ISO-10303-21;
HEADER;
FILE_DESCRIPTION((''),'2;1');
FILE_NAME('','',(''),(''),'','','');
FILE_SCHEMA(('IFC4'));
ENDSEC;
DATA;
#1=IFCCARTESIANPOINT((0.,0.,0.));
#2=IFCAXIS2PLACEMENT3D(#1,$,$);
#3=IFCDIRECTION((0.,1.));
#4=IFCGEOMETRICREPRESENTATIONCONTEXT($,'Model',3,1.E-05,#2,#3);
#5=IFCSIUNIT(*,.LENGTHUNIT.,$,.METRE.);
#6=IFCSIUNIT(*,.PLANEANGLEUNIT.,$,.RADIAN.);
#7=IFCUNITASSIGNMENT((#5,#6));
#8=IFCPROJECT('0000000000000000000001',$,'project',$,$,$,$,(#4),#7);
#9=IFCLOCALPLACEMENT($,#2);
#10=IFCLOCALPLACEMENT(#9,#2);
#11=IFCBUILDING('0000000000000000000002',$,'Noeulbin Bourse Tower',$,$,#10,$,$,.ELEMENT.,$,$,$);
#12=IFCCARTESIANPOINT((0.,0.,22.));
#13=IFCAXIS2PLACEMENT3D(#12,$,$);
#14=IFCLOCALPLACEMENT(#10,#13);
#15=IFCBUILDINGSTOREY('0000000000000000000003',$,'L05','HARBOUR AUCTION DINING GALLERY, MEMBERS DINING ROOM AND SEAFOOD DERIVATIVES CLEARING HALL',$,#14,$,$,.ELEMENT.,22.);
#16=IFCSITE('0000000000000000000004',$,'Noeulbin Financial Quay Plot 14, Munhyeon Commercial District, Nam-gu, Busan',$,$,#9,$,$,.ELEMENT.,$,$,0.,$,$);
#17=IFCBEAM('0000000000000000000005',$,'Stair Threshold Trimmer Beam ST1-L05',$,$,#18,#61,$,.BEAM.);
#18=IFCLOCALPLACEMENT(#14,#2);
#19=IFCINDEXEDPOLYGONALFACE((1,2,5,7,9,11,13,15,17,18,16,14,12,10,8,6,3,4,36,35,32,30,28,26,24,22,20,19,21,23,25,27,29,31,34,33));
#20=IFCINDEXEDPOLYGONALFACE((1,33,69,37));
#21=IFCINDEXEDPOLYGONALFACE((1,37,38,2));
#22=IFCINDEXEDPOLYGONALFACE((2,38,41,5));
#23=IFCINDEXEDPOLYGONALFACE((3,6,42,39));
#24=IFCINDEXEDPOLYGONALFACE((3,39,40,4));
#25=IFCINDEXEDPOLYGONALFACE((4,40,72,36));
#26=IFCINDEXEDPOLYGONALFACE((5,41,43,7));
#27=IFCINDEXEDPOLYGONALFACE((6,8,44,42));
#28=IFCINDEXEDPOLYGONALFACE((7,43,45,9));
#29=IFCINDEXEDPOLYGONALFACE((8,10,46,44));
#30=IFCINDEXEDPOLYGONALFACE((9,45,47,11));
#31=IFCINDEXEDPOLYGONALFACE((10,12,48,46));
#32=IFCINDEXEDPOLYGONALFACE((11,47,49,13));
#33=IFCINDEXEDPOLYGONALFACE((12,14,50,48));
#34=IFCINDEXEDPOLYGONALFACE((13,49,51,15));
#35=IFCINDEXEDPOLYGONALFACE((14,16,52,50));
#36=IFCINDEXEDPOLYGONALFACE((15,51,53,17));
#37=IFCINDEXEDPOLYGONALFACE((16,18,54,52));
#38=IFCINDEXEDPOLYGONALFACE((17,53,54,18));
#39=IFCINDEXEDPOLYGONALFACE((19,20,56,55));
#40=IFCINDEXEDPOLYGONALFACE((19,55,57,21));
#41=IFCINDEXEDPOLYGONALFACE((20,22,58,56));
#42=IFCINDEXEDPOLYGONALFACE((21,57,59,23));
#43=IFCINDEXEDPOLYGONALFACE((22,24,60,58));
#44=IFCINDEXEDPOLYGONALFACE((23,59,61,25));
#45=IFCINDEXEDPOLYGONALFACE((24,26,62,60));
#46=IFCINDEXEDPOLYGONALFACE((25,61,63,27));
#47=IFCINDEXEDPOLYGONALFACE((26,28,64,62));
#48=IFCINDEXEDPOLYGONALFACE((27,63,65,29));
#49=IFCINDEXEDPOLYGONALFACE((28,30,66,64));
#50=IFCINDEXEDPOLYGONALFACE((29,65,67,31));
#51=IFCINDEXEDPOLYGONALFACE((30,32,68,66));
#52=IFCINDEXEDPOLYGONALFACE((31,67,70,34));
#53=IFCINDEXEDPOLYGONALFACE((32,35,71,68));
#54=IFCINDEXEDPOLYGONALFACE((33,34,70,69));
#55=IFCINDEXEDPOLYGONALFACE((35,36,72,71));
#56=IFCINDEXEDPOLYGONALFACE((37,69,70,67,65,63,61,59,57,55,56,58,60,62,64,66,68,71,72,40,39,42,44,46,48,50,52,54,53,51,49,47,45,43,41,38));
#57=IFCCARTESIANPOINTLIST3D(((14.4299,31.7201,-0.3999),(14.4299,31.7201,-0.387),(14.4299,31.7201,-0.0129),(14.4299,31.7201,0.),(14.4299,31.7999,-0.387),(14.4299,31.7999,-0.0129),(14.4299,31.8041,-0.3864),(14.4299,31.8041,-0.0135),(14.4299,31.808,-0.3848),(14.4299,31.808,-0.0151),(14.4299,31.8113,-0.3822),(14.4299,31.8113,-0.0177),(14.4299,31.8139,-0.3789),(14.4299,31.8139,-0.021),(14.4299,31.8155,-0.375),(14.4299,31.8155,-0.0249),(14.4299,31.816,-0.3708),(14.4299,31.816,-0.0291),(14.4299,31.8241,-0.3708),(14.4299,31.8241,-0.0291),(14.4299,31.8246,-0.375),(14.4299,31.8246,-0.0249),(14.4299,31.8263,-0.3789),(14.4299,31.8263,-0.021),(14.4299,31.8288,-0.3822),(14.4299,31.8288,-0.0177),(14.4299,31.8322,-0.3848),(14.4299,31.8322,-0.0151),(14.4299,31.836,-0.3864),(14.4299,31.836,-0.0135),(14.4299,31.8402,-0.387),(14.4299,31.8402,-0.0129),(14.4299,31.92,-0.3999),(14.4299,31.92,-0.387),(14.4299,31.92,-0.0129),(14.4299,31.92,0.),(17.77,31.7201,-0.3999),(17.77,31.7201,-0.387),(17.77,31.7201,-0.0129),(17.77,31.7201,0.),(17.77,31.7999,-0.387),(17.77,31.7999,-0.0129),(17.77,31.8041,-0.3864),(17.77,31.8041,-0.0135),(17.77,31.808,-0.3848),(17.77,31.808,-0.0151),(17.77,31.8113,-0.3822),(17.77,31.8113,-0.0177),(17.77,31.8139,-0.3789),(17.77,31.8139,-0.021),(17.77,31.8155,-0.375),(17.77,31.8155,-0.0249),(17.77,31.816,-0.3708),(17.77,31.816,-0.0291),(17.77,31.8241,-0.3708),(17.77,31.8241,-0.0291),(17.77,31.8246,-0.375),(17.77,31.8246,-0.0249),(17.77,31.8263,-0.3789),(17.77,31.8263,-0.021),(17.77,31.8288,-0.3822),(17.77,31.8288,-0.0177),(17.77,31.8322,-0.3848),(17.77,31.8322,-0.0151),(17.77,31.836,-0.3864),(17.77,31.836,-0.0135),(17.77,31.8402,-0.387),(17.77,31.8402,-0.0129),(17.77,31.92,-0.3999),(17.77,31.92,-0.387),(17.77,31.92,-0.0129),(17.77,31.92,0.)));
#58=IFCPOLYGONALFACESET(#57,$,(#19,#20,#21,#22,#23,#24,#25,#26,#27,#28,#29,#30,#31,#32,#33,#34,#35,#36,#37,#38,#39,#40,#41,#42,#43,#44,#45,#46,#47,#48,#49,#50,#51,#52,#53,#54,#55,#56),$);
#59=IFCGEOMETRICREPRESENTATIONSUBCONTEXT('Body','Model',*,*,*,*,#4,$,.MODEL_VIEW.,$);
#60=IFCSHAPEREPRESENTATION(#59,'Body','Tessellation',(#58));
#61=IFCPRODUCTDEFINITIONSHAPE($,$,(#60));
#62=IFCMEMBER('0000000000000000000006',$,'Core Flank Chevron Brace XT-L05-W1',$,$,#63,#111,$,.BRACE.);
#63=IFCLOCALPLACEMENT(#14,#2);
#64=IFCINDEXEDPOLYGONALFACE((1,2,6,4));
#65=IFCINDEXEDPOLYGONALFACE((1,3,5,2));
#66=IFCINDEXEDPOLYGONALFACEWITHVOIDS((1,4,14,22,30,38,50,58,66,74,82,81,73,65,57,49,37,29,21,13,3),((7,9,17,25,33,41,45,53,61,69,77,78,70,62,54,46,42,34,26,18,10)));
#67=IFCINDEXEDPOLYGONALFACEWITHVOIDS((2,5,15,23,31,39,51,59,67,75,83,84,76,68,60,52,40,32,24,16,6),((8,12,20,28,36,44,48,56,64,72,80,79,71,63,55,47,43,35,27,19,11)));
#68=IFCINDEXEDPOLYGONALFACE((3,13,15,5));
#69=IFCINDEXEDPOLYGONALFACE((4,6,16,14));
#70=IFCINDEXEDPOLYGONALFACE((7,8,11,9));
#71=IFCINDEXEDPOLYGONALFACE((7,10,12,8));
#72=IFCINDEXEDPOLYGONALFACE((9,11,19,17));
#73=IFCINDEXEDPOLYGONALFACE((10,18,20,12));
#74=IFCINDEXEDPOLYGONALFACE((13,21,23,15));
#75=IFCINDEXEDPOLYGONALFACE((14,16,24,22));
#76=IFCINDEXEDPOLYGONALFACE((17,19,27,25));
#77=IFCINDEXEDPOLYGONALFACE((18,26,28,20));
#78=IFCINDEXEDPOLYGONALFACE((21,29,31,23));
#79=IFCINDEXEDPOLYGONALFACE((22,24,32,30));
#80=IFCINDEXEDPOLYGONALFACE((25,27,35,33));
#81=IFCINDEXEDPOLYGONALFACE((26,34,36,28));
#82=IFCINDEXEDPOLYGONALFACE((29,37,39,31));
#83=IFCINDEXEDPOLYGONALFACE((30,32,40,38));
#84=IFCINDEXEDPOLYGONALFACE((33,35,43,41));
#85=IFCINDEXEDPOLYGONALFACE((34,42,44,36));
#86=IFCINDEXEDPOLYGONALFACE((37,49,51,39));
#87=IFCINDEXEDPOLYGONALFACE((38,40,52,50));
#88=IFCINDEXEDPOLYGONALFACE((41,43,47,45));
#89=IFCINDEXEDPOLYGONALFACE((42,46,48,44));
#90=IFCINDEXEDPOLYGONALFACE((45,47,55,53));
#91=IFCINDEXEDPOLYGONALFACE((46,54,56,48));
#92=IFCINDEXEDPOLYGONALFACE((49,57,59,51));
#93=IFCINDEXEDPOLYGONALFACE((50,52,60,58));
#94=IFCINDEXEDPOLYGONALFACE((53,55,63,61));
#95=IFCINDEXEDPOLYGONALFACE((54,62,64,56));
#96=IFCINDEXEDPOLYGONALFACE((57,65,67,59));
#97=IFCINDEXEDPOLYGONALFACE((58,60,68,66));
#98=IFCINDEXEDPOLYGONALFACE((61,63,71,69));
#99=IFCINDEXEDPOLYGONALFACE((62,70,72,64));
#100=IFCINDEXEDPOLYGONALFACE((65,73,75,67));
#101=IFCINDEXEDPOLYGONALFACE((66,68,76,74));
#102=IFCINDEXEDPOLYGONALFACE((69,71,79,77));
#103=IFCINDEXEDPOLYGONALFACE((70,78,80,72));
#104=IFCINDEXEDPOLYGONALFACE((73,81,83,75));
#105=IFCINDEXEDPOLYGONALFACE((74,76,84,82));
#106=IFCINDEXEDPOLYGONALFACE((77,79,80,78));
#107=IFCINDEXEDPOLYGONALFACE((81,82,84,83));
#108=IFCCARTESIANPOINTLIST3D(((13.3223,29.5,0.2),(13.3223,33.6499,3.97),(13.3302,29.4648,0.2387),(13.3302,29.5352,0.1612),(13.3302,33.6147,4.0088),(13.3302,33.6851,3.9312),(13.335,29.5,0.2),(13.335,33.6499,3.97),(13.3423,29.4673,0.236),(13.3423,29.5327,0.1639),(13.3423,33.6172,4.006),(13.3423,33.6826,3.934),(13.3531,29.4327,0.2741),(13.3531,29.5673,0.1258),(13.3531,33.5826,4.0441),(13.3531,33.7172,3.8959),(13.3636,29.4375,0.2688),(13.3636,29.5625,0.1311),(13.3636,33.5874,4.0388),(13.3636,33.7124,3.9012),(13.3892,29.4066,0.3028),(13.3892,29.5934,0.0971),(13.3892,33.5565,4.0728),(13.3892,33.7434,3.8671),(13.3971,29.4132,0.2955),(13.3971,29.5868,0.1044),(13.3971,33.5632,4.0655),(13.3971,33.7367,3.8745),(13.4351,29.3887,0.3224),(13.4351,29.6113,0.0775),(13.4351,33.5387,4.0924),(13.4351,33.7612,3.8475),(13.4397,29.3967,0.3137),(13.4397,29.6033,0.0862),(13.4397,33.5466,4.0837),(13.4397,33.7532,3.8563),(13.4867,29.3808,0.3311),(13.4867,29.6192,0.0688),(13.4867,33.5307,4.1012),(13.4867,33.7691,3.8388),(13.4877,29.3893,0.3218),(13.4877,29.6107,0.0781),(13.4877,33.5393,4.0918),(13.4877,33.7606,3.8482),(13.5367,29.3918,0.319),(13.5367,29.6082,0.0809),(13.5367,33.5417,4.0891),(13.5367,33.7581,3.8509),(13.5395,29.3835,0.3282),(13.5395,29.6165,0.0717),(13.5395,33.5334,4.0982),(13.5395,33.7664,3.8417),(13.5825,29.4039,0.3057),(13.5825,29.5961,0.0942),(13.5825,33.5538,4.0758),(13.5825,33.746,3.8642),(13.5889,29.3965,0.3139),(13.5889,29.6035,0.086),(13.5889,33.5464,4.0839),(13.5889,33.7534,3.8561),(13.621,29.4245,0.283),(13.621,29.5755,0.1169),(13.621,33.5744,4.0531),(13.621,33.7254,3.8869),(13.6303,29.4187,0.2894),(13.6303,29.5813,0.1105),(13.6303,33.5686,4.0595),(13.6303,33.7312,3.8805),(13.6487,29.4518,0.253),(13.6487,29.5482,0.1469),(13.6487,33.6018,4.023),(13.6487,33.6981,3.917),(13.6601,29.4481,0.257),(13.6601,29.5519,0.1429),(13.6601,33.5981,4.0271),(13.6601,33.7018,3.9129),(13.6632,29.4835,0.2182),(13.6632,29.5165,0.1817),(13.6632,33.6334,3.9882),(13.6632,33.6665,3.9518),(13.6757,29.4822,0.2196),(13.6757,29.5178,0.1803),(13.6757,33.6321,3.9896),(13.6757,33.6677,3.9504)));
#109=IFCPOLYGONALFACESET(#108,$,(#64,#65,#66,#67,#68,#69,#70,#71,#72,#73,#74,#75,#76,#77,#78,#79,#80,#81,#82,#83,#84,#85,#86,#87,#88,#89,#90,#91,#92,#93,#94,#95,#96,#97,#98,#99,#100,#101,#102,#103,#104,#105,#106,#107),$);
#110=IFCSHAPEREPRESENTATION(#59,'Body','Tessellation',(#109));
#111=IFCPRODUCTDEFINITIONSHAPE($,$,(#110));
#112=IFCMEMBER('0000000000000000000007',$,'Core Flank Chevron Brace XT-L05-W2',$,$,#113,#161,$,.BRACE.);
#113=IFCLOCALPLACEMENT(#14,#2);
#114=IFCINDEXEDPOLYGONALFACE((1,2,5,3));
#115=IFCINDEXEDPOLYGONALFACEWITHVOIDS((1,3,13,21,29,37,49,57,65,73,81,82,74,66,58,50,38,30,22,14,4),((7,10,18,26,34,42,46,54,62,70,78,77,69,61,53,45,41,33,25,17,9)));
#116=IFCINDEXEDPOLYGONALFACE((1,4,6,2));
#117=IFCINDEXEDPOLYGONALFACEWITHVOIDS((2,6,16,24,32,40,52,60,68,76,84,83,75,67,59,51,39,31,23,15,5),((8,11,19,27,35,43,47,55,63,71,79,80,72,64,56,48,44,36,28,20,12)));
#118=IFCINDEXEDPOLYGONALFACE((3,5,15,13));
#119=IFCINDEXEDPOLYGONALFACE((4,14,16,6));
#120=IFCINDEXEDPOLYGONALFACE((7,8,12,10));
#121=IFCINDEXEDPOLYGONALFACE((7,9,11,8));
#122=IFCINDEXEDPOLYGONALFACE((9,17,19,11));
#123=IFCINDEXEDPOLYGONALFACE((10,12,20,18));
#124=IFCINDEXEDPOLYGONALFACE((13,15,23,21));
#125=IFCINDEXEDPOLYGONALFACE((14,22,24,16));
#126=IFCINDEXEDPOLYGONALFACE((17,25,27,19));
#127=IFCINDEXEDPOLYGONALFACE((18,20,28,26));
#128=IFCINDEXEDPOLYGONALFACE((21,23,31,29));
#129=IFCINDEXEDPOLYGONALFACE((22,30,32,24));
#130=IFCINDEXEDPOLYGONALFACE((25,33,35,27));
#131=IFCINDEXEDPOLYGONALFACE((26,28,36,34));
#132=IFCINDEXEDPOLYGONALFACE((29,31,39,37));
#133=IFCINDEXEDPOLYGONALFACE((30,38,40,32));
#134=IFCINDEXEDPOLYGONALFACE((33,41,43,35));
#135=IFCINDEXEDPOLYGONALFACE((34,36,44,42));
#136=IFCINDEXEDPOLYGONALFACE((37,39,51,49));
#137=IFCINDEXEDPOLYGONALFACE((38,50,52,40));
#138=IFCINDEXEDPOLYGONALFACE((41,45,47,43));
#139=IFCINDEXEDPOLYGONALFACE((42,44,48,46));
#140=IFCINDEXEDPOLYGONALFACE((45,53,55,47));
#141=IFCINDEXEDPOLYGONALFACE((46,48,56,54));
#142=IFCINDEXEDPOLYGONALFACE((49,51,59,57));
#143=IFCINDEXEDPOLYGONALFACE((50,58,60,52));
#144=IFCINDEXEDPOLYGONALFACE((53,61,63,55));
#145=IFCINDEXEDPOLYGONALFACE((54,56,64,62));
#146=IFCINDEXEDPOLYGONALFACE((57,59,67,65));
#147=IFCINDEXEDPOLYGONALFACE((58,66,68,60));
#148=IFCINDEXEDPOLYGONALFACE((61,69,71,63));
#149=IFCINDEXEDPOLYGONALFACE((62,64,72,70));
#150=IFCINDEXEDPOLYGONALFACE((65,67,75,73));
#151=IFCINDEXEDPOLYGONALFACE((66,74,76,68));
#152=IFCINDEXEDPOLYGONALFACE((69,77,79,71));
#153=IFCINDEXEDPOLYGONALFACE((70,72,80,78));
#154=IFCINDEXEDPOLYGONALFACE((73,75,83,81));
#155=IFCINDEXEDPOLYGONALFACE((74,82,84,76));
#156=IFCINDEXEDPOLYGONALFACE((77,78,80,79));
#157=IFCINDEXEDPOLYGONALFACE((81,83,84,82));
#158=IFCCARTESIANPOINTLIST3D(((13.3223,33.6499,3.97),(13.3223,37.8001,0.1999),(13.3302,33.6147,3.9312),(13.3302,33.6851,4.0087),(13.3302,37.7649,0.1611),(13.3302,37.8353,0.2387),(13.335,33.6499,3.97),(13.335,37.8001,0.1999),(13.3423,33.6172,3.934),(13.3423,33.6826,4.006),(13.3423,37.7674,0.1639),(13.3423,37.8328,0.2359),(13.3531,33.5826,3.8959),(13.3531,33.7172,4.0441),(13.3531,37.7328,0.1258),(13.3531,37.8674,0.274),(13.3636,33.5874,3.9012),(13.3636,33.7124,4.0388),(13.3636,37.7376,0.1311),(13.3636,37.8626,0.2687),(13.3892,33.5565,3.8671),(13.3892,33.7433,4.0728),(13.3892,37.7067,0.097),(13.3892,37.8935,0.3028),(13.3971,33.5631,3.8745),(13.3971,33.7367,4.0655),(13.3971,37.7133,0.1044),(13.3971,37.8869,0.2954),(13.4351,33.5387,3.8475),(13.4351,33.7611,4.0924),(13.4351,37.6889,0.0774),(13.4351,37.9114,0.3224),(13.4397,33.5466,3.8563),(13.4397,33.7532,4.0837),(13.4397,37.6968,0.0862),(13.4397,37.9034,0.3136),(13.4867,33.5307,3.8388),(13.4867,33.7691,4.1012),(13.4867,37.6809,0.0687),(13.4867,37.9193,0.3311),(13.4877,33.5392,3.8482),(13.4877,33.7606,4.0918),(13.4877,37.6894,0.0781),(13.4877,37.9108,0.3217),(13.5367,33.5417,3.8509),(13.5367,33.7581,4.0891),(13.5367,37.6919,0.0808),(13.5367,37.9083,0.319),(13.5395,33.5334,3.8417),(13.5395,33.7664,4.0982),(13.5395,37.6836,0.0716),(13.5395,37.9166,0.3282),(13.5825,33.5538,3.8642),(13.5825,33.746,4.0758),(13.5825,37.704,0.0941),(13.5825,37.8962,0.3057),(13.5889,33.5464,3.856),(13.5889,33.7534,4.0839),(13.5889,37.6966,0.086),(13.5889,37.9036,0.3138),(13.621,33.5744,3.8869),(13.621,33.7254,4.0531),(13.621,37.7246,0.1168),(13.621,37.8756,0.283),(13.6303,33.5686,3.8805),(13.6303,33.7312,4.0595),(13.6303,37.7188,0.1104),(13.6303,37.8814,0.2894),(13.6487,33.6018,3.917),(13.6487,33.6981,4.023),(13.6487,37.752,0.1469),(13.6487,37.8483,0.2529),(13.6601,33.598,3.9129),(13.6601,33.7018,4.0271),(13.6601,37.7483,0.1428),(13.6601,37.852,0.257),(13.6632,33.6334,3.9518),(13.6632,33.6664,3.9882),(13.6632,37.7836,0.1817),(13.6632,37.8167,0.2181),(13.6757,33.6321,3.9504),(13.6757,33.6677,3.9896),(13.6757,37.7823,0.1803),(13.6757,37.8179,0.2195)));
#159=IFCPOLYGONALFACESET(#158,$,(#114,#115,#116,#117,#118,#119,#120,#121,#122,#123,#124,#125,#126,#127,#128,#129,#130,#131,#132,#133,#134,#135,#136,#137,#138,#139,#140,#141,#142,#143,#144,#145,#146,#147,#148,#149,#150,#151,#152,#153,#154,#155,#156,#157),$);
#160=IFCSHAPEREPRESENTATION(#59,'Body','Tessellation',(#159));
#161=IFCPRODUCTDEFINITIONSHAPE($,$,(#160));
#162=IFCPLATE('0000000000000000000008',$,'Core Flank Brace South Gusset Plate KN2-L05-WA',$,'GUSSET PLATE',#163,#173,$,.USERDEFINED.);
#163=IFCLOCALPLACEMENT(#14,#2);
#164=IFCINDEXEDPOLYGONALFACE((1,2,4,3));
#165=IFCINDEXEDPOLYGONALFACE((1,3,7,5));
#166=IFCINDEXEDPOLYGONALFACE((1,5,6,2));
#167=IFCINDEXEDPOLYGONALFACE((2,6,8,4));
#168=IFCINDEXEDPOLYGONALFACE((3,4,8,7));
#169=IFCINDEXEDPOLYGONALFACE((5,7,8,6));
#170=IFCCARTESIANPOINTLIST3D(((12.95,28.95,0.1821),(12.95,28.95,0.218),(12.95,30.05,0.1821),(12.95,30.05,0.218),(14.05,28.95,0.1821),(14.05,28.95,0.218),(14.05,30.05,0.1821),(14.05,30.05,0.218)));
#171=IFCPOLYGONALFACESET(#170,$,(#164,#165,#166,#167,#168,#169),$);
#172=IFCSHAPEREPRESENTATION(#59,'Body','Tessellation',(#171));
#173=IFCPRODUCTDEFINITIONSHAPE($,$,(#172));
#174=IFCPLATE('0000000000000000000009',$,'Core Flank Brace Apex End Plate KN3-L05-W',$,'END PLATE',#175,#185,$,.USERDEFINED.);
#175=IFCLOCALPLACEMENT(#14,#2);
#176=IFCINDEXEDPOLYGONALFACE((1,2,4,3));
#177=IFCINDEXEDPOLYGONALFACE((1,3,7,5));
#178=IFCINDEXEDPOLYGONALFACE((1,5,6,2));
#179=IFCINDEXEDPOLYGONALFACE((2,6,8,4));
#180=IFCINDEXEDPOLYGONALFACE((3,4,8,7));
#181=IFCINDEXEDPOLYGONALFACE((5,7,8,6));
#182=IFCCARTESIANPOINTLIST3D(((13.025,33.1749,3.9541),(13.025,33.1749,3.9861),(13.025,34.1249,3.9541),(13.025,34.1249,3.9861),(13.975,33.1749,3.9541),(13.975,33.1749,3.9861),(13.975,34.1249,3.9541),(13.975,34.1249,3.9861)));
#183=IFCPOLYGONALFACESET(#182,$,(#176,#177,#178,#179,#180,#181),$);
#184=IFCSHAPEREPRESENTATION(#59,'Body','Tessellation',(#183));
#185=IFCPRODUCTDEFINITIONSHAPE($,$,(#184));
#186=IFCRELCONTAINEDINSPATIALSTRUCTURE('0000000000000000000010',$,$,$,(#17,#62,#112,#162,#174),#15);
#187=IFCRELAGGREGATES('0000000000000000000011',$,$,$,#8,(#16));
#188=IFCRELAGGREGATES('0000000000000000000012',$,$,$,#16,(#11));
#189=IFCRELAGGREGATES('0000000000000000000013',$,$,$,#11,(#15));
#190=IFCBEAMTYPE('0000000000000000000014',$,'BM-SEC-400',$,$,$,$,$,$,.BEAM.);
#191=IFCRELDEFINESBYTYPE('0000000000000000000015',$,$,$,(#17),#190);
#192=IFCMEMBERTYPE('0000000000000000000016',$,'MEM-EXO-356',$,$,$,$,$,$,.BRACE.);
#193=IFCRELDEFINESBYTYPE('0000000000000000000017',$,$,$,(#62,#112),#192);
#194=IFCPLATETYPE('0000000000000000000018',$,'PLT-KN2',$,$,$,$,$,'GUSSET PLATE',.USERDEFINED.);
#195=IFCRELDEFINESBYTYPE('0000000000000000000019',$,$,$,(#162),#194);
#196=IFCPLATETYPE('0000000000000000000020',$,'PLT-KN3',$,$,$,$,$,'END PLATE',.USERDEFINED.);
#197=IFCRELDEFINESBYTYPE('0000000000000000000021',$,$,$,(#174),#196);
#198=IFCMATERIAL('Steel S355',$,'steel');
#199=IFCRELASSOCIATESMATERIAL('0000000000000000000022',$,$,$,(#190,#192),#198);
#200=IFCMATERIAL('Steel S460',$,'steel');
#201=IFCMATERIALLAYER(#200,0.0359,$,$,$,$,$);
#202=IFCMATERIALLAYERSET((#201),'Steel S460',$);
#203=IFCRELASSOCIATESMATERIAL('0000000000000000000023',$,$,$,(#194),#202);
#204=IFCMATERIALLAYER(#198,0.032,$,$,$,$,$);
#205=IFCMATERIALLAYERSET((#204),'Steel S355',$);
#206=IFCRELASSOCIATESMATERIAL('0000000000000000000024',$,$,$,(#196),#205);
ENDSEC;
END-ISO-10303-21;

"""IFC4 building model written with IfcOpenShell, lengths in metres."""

from ifc_helpers import new_model, si_unit, direction, frame, origin, origin_2d, place, context, subcontext, project, spatial, rectangle, hollow_circle, i_section, extrude, material, layer, layer_set, material_profile, profile_set, type_object, element, save


model = new_model("IFC4")

# Units and contexts
model_context = context("Model", 3, precision=1e-05, world=origin(), true_north=direction((0.0, 1.0)))
body_context = subcontext(model_context, "Body", "Model", "MODEL_VIEW")
ifc_project = project(units=[si_unit("LENGTHUNIT", "METRE"), si_unit("PLANEANGLEUNIT", "RADIAN")], contexts=[model_context])

# Site, building, storey
site_placement = place(None, origin())
site = spatial("IfcSite", under=ifc_project, at=site_placement, Name="Noeulbin Financial Quay Plot 14, Munhyeon Commercial District, Nam-gu, Busan", CompositionType="ELEMENT", RefElevation=0.0)
building_placement = place(site_placement, origin())
building = spatial("IfcBuilding", under=site, at=building_placement, Name="Noeulbin Bourse Tower", CompositionType="ELEMENT")
storey_placement = place(building_placement, frame((0.0, 0.0, 22.0)))
storey = spatial("IfcBuildingStorey", under=building, at=storey_placement, Name="L05", Description="HARBOUR AUCTION DINING GALLERY, MEMBERS DINING ROOM AND SEAFOOD DERIVATIVES CLEARING HALL", CompositionType="ELEMENT", Elevation=22.0)

# Beam
ifc_material_1 = material(Name="Steel S355", Category="steel")
ifc_material_profile_1 = material_profile(ifc_material_1, i_section(OverallWidth=0.2, OverallDepth=0.3999, WebThickness=0.0081, FlangeThickness=0.0129, FilletRadius=0.0161, at=origin_2d()), Name="H-400x200x8x13", Category="LoadBearing")
ifc_profile_set_1 = profile_set([ifc_material_profile_1], Name="Steel S355")
beam_type = type_object("IfcBeamType", Name="BM-SEC-400", PredefinedType="BEAM", material=ifc_profile_set_1)
beam_placement = place(storey_placement, frame((14.4299, 31.8201, -0.2), z_axis=(1.0, 0.0, 0.0), x_axis=(0.0, 1.0, 0.0)))
element("IfcBeam", 1, at=beam_placement, inside=storey, type_object=beam_type, Name="Stair Threshold Trimmer Beam ST1-L05", PredefinedType="BEAM", context=body_context, shape_type="SweptSolid", body=[
    extrude(i_section(OverallWidth=0.2, OverallDepth=0.3999, WebThickness=0.0081, FlangeThickness=0.0129, FilletRadius=0.0161, at=origin_2d()), origin(), (0.0, 0.0, 1.0), 3.3401),
])

# Members
ifc_material_profile_2 = material_profile(ifc_material_1, hollow_circle(Radius=0.1777, WallThickness=0.0127, at=origin_2d()), Name="CHS-355.6x12.7", Category="LoadBearing")
ifc_profile_set_2 = profile_set([ifc_material_profile_2], Name="Steel S355")
member_type = type_object("IfcMemberType", Name="MEM-EXO-356", PredefinedType="BRACE", material=ifc_profile_set_2)
member_1_placement = place(storey_placement, frame((13.5, 29.5, 0.2), z_axis=(0.0, 0.740173, 0.672417), x_axis=(-1.0, 0.0, 0.0)))
element("IfcMember", 2, at=member_1_placement, inside=storey, type_object=member_type, Name="Core Flank Chevron Brace XT-L05-W1", PredefinedType="BRACE", context=body_context, shape_type="SweptSolid", body=[
    extrude(hollow_circle(Radius=0.1777, WallThickness=0.0127, at=origin_2d()), origin(), (0.0, 0.0, 1.0), 5.6067),
])
member_2_placement = place(storey_placement, frame((13.5, 33.6499, 3.97), z_axis=(0.0, 0.740192, -0.672395), x_axis=(-1.0, 0.0, 0.0)))
element("IfcMember", 3, at=member_2_placement, inside=storey, type_object=member_type, Name="Core Flank Chevron Brace XT-L05-W2", PredefinedType="BRACE", context=body_context, shape_type="SweptSolid", body=[
    extrude(hollow_circle(Radius=0.1777, WallThickness=0.0127, at=origin_2d()), origin(), (0.0, 0.0, 1.0), 5.6069),
])

# Plates
ifc_material_2 = material(Name="Steel S460", Category="steel")
ifc_layer_1 = layer(ifc_material_2, 0.0359)
ifc_layer_set_1 = layer_set([ifc_layer_1], Name="Steel S460")
plate_type_1 = type_object("IfcPlateType", Name="PLT-KN2", ElementType="GUSSET PLATE", PredefinedType="USERDEFINED", material=ifc_layer_set_1)
plate_1_placement = place(storey_placement, frame((13.5, 29.5, 0.1821), z_axis=(0.0, 0.0, 1.0), x_axis=(1.0, 0.0, 0.0)))
element("IfcPlate", 4, at=plate_1_placement, inside=storey, type_object=plate_type_1, Name="Core Flank Brace South Gusset Plate KN2-L05-WA", ObjectType="GUSSET PLATE", PredefinedType="USERDEFINED", context=body_context, shape_type="SweptSolid", body=[
    extrude(rectangle(XDim=1.1001, YDim=1.1001, at=origin_2d()), origin(), (0.0, 0.0, 1.0), 0.0359),
])
ifc_layer_2 = layer(ifc_material_1, 0.032)
ifc_layer_set_2 = layer_set([ifc_layer_2], Name="Steel S355")
plate_type_2 = type_object("IfcPlateType", Name="PLT-KN3", ElementType="END PLATE", PredefinedType="USERDEFINED", material=ifc_layer_set_2)
plate_2_placement = place(storey_placement, frame((13.5, 33.6499, 3.9541), z_axis=(0.0, 0.0, 1.0), x_axis=(1.0, 0.0, 0.0)))
element("IfcPlate", 5, at=plate_2_placement, inside=storey, type_object=plate_type_2, Name="Core Flank Brace Apex End Plate KN3-L05-W", ObjectType="END PLATE", PredefinedType="USERDEFINED", context=body_context, shape_type="SweptSolid", body=[
    extrude(rectangle(XDim=0.95, YDim=0.95, at=origin_2d()), origin(), (0.0, 0.0, 1.0), 0.032),
])

save(model, "model.ifc")
